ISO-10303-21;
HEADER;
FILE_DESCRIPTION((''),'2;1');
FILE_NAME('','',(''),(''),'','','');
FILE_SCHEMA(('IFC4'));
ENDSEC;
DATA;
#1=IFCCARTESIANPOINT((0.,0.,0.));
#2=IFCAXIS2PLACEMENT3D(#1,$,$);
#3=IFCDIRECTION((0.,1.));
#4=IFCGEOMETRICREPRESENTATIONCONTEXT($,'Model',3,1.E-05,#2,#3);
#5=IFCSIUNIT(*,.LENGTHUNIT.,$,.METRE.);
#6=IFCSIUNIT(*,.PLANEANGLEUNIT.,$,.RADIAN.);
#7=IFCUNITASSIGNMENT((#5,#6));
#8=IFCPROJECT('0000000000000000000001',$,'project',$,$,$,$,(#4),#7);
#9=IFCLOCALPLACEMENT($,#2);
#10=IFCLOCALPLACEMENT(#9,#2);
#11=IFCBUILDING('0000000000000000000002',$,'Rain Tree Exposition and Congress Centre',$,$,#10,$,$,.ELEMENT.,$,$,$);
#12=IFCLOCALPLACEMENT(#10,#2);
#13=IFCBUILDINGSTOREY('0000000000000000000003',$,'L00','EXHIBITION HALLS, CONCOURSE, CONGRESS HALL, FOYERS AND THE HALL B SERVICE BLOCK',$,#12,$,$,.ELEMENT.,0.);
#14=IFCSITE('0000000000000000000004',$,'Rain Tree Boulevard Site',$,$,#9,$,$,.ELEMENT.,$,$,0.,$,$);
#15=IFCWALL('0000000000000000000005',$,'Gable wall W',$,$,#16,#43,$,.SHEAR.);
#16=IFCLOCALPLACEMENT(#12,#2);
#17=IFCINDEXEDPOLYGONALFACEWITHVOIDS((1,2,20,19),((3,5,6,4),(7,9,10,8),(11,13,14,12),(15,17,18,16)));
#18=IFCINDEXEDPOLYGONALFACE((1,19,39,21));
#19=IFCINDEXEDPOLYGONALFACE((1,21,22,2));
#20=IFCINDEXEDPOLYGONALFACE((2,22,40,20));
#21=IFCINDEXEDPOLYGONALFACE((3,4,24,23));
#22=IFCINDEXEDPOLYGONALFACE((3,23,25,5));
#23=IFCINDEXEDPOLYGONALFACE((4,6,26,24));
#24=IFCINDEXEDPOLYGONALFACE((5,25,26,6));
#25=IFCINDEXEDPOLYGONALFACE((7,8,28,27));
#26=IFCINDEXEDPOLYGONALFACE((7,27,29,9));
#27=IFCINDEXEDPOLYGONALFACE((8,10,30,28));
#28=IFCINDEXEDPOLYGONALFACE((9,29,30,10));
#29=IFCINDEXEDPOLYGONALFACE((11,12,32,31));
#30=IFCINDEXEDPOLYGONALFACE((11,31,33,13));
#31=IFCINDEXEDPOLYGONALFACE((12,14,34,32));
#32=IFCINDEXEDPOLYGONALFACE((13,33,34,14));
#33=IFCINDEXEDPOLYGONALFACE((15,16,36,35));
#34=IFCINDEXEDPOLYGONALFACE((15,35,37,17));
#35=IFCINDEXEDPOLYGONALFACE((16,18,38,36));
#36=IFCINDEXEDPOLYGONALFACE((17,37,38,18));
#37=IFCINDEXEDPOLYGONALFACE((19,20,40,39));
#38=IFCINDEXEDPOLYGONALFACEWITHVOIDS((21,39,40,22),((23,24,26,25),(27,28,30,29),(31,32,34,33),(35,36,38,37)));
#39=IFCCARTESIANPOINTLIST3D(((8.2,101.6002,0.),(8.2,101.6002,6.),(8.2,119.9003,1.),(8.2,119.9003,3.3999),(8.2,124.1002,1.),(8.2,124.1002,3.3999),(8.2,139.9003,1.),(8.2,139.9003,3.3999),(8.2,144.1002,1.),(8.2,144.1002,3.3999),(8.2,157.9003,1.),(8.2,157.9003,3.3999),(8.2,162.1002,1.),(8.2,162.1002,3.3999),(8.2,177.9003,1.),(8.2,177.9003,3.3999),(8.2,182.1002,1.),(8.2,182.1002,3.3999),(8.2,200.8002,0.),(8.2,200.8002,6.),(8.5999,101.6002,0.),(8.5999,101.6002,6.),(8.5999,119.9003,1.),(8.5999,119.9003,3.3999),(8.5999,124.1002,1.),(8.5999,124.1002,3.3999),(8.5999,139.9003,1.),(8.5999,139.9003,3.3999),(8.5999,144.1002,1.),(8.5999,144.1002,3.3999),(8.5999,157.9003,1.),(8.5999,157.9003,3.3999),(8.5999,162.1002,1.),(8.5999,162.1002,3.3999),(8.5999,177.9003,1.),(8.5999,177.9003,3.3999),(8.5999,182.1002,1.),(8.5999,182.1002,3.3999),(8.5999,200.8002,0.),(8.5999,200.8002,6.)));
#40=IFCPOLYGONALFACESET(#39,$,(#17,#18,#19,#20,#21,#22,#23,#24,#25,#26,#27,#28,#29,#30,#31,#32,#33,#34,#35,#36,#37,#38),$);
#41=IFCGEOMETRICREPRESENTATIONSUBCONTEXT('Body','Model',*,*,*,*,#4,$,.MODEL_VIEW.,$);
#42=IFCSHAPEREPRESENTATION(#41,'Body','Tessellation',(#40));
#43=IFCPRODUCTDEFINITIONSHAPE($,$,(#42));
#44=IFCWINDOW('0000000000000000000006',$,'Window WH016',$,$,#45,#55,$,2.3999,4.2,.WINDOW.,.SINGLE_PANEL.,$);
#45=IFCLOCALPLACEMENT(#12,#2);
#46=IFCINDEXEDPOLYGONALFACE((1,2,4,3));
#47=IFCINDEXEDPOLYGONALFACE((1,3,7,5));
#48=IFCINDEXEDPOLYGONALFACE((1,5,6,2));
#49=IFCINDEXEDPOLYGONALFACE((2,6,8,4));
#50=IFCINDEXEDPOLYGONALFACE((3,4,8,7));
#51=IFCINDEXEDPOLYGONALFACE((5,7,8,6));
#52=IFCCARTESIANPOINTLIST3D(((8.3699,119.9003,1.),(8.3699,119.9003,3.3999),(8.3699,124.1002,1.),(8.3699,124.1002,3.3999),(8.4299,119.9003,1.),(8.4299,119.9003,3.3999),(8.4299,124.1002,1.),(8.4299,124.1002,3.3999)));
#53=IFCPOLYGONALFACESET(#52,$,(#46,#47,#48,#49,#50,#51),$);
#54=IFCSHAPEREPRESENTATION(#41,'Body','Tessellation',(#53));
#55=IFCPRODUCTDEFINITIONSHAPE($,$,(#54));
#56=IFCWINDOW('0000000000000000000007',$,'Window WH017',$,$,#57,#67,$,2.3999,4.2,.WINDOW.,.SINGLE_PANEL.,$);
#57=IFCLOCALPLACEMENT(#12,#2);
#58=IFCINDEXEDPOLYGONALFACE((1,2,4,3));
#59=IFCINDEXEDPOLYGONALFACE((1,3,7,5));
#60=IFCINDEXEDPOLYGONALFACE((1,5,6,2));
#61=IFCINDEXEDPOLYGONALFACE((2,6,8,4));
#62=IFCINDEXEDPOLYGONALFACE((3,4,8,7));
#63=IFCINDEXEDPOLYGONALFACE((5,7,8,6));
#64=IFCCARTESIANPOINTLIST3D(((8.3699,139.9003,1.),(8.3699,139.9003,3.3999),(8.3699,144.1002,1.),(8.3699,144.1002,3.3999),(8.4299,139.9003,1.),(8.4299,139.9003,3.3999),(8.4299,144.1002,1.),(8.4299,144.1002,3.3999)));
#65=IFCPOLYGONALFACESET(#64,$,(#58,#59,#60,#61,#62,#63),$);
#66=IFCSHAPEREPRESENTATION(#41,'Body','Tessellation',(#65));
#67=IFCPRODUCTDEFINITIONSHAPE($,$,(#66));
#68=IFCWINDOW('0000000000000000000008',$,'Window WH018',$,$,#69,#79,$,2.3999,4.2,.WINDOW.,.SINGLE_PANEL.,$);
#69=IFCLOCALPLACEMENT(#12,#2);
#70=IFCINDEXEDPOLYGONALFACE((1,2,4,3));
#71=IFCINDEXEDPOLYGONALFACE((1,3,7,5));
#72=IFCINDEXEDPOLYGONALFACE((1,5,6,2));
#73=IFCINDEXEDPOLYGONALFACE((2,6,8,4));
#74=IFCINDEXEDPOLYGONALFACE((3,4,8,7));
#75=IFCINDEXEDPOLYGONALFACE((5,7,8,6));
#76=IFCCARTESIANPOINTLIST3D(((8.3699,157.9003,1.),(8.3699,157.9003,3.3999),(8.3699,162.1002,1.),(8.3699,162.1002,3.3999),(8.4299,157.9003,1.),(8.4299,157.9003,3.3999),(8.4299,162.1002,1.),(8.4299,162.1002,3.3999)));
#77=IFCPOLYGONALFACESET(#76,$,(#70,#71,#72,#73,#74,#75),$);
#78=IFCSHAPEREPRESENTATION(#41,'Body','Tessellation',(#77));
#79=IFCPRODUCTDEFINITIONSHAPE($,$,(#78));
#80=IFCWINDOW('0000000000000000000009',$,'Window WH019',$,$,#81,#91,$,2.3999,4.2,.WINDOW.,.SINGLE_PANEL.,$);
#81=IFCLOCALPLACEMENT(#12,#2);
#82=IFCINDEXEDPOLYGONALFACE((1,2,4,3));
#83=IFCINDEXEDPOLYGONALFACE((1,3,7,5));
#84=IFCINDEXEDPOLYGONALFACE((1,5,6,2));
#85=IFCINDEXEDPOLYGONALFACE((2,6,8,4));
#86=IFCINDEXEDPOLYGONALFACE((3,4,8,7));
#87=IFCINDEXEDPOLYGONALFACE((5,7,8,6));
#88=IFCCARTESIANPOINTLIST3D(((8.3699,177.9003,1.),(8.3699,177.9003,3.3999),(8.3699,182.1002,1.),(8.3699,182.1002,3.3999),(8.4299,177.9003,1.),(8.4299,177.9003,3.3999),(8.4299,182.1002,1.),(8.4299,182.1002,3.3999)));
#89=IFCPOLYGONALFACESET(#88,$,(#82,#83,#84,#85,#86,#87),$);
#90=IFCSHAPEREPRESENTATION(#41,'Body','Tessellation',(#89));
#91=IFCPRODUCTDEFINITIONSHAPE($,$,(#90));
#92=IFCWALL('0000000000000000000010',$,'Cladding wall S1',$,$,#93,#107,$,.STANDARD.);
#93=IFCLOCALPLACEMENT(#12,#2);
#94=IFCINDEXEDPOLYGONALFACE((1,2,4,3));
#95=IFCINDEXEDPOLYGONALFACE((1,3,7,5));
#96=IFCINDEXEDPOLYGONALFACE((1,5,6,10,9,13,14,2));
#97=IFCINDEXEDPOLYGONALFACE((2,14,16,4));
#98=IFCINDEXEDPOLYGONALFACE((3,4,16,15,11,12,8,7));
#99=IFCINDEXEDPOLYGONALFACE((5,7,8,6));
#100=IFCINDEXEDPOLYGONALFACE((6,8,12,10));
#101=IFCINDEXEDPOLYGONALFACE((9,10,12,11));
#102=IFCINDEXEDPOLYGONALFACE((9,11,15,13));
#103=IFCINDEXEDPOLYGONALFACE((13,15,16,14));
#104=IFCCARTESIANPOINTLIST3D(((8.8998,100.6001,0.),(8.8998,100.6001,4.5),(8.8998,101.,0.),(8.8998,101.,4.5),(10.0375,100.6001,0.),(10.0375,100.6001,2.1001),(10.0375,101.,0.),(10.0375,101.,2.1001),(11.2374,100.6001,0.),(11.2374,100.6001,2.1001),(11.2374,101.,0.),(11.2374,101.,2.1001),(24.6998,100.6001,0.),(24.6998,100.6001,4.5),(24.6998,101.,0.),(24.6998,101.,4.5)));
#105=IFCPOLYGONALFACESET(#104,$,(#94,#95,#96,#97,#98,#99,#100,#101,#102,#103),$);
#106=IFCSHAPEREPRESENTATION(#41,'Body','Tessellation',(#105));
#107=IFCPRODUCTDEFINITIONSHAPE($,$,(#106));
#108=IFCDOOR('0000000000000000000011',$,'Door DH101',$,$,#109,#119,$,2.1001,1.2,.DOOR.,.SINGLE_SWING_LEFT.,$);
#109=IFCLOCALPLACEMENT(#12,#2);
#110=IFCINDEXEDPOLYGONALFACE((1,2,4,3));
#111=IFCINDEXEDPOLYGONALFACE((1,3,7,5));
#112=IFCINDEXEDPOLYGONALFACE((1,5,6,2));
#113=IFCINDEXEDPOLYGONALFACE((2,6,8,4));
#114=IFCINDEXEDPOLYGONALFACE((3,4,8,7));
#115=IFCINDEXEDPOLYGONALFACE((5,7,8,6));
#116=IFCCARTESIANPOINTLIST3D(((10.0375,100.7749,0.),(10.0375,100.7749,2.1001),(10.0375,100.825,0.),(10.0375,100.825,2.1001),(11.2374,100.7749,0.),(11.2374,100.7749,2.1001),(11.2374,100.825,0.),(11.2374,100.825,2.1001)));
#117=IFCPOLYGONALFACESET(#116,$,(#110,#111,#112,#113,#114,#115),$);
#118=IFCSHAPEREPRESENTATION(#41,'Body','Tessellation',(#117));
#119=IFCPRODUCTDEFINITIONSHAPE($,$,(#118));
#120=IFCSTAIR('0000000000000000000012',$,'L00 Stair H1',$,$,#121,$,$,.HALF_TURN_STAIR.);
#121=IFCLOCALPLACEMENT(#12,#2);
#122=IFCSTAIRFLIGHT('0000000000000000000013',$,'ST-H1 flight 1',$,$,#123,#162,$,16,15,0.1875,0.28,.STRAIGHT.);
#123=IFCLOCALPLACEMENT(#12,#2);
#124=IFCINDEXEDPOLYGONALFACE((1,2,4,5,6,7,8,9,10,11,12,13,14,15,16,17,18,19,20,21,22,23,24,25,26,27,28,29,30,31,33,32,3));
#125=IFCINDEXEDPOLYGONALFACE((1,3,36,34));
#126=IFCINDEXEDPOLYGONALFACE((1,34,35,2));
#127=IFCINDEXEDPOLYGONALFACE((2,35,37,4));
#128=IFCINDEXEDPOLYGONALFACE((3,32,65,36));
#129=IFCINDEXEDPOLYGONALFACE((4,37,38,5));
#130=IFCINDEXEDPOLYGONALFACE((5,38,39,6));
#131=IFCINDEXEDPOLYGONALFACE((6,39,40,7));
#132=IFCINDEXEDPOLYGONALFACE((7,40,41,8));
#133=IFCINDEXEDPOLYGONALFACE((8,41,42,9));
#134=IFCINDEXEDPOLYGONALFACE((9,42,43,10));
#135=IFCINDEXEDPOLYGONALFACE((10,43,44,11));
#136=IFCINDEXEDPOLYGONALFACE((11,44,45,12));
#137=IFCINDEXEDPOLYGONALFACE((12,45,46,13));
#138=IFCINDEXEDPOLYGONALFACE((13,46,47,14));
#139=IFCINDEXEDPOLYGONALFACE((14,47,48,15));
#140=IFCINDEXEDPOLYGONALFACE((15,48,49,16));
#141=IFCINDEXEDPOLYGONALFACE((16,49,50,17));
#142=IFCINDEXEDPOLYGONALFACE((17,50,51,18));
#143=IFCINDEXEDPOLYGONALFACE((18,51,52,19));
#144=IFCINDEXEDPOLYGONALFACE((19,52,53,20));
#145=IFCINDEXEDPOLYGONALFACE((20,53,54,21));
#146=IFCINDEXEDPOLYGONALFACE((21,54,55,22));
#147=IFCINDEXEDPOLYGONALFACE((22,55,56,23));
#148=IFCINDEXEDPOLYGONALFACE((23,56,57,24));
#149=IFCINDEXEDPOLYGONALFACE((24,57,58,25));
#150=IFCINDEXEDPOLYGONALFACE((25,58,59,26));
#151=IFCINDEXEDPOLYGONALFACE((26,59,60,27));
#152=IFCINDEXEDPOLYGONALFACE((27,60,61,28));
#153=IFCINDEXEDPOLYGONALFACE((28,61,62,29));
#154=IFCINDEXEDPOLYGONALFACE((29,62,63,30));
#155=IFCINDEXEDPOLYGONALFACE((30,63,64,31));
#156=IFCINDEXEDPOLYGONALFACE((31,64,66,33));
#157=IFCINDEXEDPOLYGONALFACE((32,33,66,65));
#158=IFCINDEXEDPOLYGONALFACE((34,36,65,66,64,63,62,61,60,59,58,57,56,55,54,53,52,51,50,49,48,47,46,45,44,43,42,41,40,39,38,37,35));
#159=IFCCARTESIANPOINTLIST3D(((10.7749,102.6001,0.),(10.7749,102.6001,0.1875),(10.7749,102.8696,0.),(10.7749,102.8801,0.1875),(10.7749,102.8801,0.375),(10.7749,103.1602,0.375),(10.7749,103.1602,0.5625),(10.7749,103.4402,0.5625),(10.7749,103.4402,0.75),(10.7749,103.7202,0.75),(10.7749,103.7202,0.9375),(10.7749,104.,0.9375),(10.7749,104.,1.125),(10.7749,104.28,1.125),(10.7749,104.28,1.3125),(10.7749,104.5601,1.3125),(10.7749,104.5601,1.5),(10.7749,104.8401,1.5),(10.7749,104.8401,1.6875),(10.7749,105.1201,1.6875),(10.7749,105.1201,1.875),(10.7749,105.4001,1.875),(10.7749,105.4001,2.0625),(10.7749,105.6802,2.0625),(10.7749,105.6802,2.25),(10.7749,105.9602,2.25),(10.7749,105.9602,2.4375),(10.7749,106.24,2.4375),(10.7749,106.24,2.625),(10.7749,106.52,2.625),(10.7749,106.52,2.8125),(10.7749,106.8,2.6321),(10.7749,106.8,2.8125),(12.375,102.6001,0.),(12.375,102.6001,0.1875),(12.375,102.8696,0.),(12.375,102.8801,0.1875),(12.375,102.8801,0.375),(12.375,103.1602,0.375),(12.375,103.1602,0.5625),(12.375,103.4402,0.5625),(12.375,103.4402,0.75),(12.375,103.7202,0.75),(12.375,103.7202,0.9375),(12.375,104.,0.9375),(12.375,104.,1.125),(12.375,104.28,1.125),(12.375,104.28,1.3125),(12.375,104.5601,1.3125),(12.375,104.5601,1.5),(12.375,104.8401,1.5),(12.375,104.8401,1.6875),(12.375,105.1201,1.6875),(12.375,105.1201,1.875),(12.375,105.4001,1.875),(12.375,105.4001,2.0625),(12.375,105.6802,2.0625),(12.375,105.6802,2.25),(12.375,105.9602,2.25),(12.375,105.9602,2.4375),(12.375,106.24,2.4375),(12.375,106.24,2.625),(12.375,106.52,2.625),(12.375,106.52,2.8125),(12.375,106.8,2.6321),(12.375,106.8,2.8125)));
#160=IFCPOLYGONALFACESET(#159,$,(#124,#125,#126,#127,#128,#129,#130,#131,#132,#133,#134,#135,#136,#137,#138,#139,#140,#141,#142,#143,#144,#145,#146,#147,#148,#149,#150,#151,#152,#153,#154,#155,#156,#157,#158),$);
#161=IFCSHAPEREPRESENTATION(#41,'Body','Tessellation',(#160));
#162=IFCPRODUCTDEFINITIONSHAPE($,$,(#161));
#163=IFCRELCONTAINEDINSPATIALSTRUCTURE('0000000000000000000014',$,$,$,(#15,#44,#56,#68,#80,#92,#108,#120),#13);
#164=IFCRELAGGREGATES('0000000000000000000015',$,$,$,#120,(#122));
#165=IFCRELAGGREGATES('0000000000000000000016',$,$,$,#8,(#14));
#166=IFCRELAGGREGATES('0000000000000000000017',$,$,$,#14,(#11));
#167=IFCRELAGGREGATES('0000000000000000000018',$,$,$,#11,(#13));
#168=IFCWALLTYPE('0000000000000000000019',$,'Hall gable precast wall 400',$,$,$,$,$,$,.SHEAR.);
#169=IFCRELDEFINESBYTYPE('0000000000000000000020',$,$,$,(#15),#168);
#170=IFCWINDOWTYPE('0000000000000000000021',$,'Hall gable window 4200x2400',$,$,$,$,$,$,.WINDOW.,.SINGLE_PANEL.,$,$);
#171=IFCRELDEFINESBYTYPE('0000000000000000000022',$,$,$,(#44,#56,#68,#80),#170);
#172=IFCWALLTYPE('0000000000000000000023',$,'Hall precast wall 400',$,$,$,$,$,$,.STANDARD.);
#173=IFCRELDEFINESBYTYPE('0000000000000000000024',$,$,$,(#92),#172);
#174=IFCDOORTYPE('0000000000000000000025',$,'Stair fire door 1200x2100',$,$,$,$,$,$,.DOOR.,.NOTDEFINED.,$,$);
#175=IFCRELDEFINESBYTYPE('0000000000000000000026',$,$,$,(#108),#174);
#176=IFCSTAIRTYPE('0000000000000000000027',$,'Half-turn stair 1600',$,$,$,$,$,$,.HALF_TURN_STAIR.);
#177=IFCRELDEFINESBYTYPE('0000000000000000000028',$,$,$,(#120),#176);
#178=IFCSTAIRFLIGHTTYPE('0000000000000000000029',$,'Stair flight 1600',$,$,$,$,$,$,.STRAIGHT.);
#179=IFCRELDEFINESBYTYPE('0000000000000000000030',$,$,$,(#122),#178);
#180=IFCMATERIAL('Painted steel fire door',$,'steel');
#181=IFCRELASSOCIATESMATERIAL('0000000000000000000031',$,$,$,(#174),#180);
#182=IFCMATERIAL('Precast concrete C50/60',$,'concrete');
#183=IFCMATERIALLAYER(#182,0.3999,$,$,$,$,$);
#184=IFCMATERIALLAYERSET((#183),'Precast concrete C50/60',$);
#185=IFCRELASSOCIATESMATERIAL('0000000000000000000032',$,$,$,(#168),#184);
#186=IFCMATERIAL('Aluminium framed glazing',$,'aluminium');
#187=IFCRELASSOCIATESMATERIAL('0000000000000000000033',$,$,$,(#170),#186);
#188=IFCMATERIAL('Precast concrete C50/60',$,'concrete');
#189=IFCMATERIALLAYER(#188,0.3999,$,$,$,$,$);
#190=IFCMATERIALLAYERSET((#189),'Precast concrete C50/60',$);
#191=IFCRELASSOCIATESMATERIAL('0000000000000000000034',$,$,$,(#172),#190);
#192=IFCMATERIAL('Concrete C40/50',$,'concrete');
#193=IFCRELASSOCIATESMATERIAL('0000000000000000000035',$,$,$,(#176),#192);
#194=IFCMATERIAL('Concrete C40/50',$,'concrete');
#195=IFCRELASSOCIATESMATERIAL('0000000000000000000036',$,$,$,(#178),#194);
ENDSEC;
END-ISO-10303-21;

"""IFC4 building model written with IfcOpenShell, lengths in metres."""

from ifc_helpers import new_model, si_unit, direction, frame, frame_2d, origin, place, context, subcontext, project, spatial, polyline, rectangle, outline, extrude, material, layer, layer_set, type_object, element, fill, aggregate, save


model = new_model("IFC4")

# Units and contexts
model_context = context("Model", 3, precision=1e-05, world=origin(), true_north=direction((0.0, 1.0)))
body_context = subcontext(model_context, "Body", "Model", "MODEL_VIEW")
ifc_project = project(units=[si_unit("LENGTHUNIT", "METRE"), si_unit("PLANEANGLEUNIT", "RADIAN")], contexts=[model_context])

# Site, building, storey
site_placement = place(None, origin())
site = spatial("IfcSite", under=ifc_project, at=site_placement, Name="Rain Tree Boulevard Site", CompositionType="ELEMENT", RefElevation=0.0)
building_placement = place(site_placement, origin())
building = spatial("IfcBuilding", under=site, at=building_placement, Name="Rain Tree Exposition and Congress Centre", CompositionType="ELEMENT")
storey_placement = place(building_placement, origin())
storey = spatial("IfcBuildingStorey", under=building, at=storey_placement, Name="L00", Description="EXHIBITION HALLS, CONCOURSE, CONGRESS HALL, FOYERS AND THE HALL B SERVICE BLOCK", CompositionType="ELEMENT", Elevation=0.0)

# Shared definitions
ifc_material_1 = material(Name="Painted steel fire door", Category="steel")
door_type = type_object("IfcDoorType", Name="Stair fire door 1200x2100", OperationType="NOTDEFINED", PredefinedType="DOOR", material=ifc_material_1)

# Wall, openings, windows
ifc_material_2 = material(Name="Precast concrete C50/60", Category="concrete")
ifc_layer_1 = layer(ifc_material_2, 0.3999)
ifc_layer_set_1 = layer_set([ifc_layer_1], Name="Precast concrete C50/60")
wall_type_1 = type_object("IfcWallType", Name="Hall gable precast wall 400", PredefinedType="SHEAR", material=ifc_layer_set_1)
wall_1_placement = place(storey_placement, frame((8.3999, 101.6001, 0.0), z_axis=(0.0, 0.0, 1.0), x_axis=(0.0, 1.0, 0.0)))
wall_1 = element("IfcWall", 1, at=wall_1_placement, inside=storey, type_object=wall_type_1, Name="Gable wall W", PredefinedType="SHEAR", context=body_context, shape_type="SweptSolid", body=[
    extrude(rectangle(XDim=99.2, YDim=0.3999, at=frame_2d((49.6001, 0.0))), origin(), (0.0, 0.0, 1.0), 6.0),
])
opening_1_placement = place(wall_1_placement, frame((18.3, 0.0, 1.0)))
opening_1 = element("IfcOpeningElement", 2, at=opening_1_placement, cuts=wall_1, PredefinedType="OPENING", context=body_context, shape_type="SweptSolid", body=[
    extrude(rectangle(XDim=4.2, YDim=2.3999, at=frame_2d((2.1001, 1.2))), frame((0.0, 0.2, 0.0), z_axis=(0.0, -1.0, 0.0), x_axis=(1.0, 0.0, 0.0)), (0.0, 0.0, 1.0), 0.3999),
])
opening_2_placement = place(wall_1_placement, frame((38.3, 0.0, 1.0)))
opening_2 = element("IfcOpeningElement", 3, at=opening_2_placement, cuts=wall_1, PredefinedType="OPENING", context=body_context, shape_type="SweptSolid", body=[
    extrude(rectangle(XDim=4.2, YDim=2.3999, at=frame_2d((2.1001, 1.2))), frame((0.0, 0.2, 0.0), z_axis=(0.0, -1.0, 0.0), x_axis=(1.0, 0.0, 0.0)), (0.0, 0.0, 1.0), 0.3999),
])
opening_3_placement = place(wall_1_placement, frame((56.3, 0.0, 1.0)))
opening_3 = element("IfcOpeningElement", 4, at=opening_3_placement, cuts=wall_1, PredefinedType="OPENING", context=body_context, shape_type="SweptSolid", body=[
    extrude(rectangle(XDim=4.2, YDim=2.3999, at=frame_2d((2.1001, 1.2))), frame((0.0, 0.2, 0.0), z_axis=(0.0, -1.0, 0.0), x_axis=(1.0, 0.0, 0.0)), (0.0, 0.0, 1.0), 0.3999),
])
opening_4_placement = place(wall_1_placement, frame((76.3, 0.0, 1.0)))
opening_4 = element("IfcOpeningElement", 5, at=opening_4_placement, cuts=wall_1, PredefinedType="OPENING", context=body_context, shape_type="SweptSolid", body=[
    extrude(rectangle(XDim=4.2, YDim=2.3999, at=frame_2d((2.1001, 1.2))), frame((0.0, 0.2, 0.0), z_axis=(0.0, -1.0, 0.0), x_axis=(1.0, 0.0, 0.0)), (0.0, 0.0, 1.0), 0.3999),
])
ifc_material_3 = material(Name="Aluminium framed glazing", Category="aluminium")
window_type_1 = type_object("IfcWindowType", Name="Hall gable window 4200x2400", PartitioningType="SINGLE_PANEL", PredefinedType="WINDOW", material=ifc_material_3)
window_1_placement = place(opening_1_placement, origin())
window_1 = element("IfcWindow", 6, at=window_1_placement, inside=storey, type_object=window_type_1, Name="Window WH016", OverallHeight=2.3999, OverallWidth=4.2, PartitioningType="SINGLE_PANEL", PredefinedType="WINDOW", context=body_context, shape_type="SweptSolid", body=[
    extrude(rectangle(XDim=4.2, YDim=2.3999, at=frame_2d((2.1001, 1.2))), frame((0.0, 0.03, 0.0), z_axis=(0.0, -1.0, 0.0), x_axis=(1.0, 0.0, 0.0)), (0.0, 0.0, 1.0), 0.0601),
])
fill(opening_1, window_1)
window_2_placement = place(opening_2_placement, origin())
window_2 = element("IfcWindow", 7, at=window_2_placement, inside=storey, type_object=window_type_1, Name="Window WH017", OverallHeight=2.3999, OverallWidth=4.2, PartitioningType="SINGLE_PANEL", PredefinedType="WINDOW", context=body_context, shape_type="SweptSolid", body=[
    extrude(rectangle(XDim=4.2, YDim=2.3999, at=frame_2d((2.1001, 1.2))), frame((0.0, 0.03, 0.0), z_axis=(0.0, -1.0, 0.0), x_axis=(1.0, 0.0, 0.0)), (0.0, 0.0, 1.0), 0.0601),
])
fill(opening_2, window_2)
window_3_placement = place(opening_3_placement, origin())
window_3 = element("IfcWindow", 8, at=window_3_placement, inside=storey, type_object=window_type_1, Name="Window WH018", OverallHeight=2.3999, OverallWidth=4.2, PartitioningType="SINGLE_PANEL", PredefinedType="WINDOW", context=body_context, shape_type="SweptSolid", body=[
    extrude(rectangle(XDim=4.2, YDim=2.3999, at=frame_2d((2.1001, 1.2))), frame((0.0, 0.03, 0.0), z_axis=(0.0, -1.0, 0.0), x_axis=(1.0, 0.0, 0.0)), (0.0, 0.0, 1.0), 0.0601),
])
fill(opening_3, window_3)
window_4_placement = place(opening_4_placement, origin())
window_4 = element("IfcWindow", 9, at=window_4_placement, inside=storey, type_object=window_type_1, Name="Window WH019", OverallHeight=2.3999, OverallWidth=4.2, PartitioningType="SINGLE_PANEL", PredefinedType="WINDOW", context=body_context, shape_type="SweptSolid", body=[
    extrude(rectangle(XDim=4.2, YDim=2.3999, at=frame_2d((2.1001, 1.2))), frame((0.0, 0.03, 0.0), z_axis=(0.0, -1.0, 0.0), x_axis=(1.0, 0.0, 0.0)), (0.0, 0.0, 1.0), 0.0601),
])
fill(opening_4, window_4)

# Wall, opening, door
ifc_material_4 = material(Name="Precast concrete C50/60", Category="concrete")
ifc_layer_2 = layer(ifc_material_4, 0.3999)
ifc_layer_set_2 = layer_set([ifc_layer_2], Name="Precast concrete C50/60")
wall_type_2 = type_object("IfcWallType", Name="Hall precast wall 400", PredefinedType="STANDARD", material=ifc_layer_set_2)
wall_2_placement = place(storey_placement, frame((8.8999, 100.8, 0.0), z_axis=(0.0, 0.0, 1.0), x_axis=(1.0, 0.0, 0.0)))
wall_2 = element("IfcWall", 10, at=wall_2_placement, inside=storey, type_object=wall_type_2, Name="Cladding wall S1", PredefinedType="STANDARD", context=body_context, shape_type="SweptSolid", body=[
    extrude(rectangle(XDim=15.8, YDim=0.3999, at=frame_2d((7.8999, 0.0))), origin(), (0.0, 0.0, 1.0), 4.5),
])
opening_5_placement = place(wall_2_placement, frame((1.1375, 0.0, 0.0)))
opening_5 = element("IfcOpeningElement", 11, at=opening_5_placement, cuts=wall_2, PredefinedType="OPENING", context=body_context, shape_type="SweptSolid", body=[
    extrude(rectangle(XDim=1.2, YDim=2.1001, at=frame_2d((0.6001, 1.05))), frame((0.0, 0.2, 0.0), z_axis=(0.0, -1.0, 0.0), x_axis=(1.0, 0.0, 0.0)), (0.0, 0.0, 1.0), 0.3999),
])
door_1_placement = place(opening_5_placement, origin())
door_1 = element("IfcDoor", 12, at=door_1_placement, inside=storey, type_object=door_type, Name="Door DH101", OperationType="SINGLE_SWING_LEFT", OverallHeight=2.1001, OverallWidth=1.2, PredefinedType="DOOR", context=body_context, shape_type="SweptSolid", body=[
    extrude(rectangle(XDim=1.2, YDim=2.1001, at=frame_2d((0.6001, 1.05))), frame((0.0, 0.0249, 0.0), z_axis=(0.0, -1.0, 0.0), x_axis=(1.0, 0.0, 0.0)), (0.0, 0.0, 1.0), 0.05),
])
fill(opening_5, door_1)

# Stair, stair flight
ifc_material_5 = material(Name="Concrete C40/50", Category="concrete")
stair_type = type_object("IfcStairType", Name="Half-turn stair 1600", PredefinedType="HALF_TURN_STAIR", material=ifc_material_5)
stair_placement = place(storey_placement, origin())
stair = element("IfcStair", 13, at=stair_placement, inside=storey, type_object=stair_type, Name="L00 Stair H1", PredefinedType="HALF_TURN_STAIR")
ifc_material_6 = material(Name="Concrete C40/50", Category="concrete")
stair_flight_type = type_object("IfcStairFlightType", Name="Stair flight 1600", PredefinedType="STRAIGHT", material=ifc_material_6)
stair_flight_1_placement = place(storey_placement, frame((11.575, 102.6001, 0.0), z_axis=(0.0, 0.0, 1.0), x_axis=(0.0, 1.0, 0.0)))
stair_flight_1 = element("IfcStairFlight", 14, at=stair_flight_1_placement, type_object=stair_flight_type, Name="ST-H1 flight 1", NumberOfRisers=16, NumberOfTreads=15, PredefinedType="STRAIGHT", RiserHeight=0.1875, TreadLength=0.28, context=body_context, shape_type="SweptSolid", body=[
    extrude(outline(polyline([(0.0, 0.0), (0.0, 0.1875), (0.28, 0.1875), (0.28, 0.375), (0.5601, 0.375), (0.5601, 0.5625), (0.8401, 0.5625), (0.8401, 0.75), (1.1201, 0.75), (1.1201, 0.9375), (1.3999, 0.9375), (1.3999, 1.125), (1.6799, 1.125), (1.6799, 1.3125), (1.96, 1.3125), (1.96, 1.5), (2.24, 1.5), (2.24, 1.6875), (2.52, 1.6875), (2.52, 1.875), (2.8, 1.875), (2.8, 2.0625), (3.0801, 2.0625), (3.0801, 2.25), (3.3601, 2.25), (3.3601, 2.4375), (3.6399, 2.4375), (3.6399, 2.625), (3.9199, 2.625), (3.9199, 2.8125), (4.2, 2.8125), (4.2, 3.0), (4.2, 2.6321), (0.2695, 0.0), (0.0, 0.0)])), frame((0.0, 0.8, 0.0), z_axis=(0.0, -1.0, 0.0), x_axis=(1.0, 0.0, 0.0)), (0.0, 0.0, 1.0), 1.6001),
])
aggregate(stair, [stair_flight_1])

save(model, "model.ifc")
